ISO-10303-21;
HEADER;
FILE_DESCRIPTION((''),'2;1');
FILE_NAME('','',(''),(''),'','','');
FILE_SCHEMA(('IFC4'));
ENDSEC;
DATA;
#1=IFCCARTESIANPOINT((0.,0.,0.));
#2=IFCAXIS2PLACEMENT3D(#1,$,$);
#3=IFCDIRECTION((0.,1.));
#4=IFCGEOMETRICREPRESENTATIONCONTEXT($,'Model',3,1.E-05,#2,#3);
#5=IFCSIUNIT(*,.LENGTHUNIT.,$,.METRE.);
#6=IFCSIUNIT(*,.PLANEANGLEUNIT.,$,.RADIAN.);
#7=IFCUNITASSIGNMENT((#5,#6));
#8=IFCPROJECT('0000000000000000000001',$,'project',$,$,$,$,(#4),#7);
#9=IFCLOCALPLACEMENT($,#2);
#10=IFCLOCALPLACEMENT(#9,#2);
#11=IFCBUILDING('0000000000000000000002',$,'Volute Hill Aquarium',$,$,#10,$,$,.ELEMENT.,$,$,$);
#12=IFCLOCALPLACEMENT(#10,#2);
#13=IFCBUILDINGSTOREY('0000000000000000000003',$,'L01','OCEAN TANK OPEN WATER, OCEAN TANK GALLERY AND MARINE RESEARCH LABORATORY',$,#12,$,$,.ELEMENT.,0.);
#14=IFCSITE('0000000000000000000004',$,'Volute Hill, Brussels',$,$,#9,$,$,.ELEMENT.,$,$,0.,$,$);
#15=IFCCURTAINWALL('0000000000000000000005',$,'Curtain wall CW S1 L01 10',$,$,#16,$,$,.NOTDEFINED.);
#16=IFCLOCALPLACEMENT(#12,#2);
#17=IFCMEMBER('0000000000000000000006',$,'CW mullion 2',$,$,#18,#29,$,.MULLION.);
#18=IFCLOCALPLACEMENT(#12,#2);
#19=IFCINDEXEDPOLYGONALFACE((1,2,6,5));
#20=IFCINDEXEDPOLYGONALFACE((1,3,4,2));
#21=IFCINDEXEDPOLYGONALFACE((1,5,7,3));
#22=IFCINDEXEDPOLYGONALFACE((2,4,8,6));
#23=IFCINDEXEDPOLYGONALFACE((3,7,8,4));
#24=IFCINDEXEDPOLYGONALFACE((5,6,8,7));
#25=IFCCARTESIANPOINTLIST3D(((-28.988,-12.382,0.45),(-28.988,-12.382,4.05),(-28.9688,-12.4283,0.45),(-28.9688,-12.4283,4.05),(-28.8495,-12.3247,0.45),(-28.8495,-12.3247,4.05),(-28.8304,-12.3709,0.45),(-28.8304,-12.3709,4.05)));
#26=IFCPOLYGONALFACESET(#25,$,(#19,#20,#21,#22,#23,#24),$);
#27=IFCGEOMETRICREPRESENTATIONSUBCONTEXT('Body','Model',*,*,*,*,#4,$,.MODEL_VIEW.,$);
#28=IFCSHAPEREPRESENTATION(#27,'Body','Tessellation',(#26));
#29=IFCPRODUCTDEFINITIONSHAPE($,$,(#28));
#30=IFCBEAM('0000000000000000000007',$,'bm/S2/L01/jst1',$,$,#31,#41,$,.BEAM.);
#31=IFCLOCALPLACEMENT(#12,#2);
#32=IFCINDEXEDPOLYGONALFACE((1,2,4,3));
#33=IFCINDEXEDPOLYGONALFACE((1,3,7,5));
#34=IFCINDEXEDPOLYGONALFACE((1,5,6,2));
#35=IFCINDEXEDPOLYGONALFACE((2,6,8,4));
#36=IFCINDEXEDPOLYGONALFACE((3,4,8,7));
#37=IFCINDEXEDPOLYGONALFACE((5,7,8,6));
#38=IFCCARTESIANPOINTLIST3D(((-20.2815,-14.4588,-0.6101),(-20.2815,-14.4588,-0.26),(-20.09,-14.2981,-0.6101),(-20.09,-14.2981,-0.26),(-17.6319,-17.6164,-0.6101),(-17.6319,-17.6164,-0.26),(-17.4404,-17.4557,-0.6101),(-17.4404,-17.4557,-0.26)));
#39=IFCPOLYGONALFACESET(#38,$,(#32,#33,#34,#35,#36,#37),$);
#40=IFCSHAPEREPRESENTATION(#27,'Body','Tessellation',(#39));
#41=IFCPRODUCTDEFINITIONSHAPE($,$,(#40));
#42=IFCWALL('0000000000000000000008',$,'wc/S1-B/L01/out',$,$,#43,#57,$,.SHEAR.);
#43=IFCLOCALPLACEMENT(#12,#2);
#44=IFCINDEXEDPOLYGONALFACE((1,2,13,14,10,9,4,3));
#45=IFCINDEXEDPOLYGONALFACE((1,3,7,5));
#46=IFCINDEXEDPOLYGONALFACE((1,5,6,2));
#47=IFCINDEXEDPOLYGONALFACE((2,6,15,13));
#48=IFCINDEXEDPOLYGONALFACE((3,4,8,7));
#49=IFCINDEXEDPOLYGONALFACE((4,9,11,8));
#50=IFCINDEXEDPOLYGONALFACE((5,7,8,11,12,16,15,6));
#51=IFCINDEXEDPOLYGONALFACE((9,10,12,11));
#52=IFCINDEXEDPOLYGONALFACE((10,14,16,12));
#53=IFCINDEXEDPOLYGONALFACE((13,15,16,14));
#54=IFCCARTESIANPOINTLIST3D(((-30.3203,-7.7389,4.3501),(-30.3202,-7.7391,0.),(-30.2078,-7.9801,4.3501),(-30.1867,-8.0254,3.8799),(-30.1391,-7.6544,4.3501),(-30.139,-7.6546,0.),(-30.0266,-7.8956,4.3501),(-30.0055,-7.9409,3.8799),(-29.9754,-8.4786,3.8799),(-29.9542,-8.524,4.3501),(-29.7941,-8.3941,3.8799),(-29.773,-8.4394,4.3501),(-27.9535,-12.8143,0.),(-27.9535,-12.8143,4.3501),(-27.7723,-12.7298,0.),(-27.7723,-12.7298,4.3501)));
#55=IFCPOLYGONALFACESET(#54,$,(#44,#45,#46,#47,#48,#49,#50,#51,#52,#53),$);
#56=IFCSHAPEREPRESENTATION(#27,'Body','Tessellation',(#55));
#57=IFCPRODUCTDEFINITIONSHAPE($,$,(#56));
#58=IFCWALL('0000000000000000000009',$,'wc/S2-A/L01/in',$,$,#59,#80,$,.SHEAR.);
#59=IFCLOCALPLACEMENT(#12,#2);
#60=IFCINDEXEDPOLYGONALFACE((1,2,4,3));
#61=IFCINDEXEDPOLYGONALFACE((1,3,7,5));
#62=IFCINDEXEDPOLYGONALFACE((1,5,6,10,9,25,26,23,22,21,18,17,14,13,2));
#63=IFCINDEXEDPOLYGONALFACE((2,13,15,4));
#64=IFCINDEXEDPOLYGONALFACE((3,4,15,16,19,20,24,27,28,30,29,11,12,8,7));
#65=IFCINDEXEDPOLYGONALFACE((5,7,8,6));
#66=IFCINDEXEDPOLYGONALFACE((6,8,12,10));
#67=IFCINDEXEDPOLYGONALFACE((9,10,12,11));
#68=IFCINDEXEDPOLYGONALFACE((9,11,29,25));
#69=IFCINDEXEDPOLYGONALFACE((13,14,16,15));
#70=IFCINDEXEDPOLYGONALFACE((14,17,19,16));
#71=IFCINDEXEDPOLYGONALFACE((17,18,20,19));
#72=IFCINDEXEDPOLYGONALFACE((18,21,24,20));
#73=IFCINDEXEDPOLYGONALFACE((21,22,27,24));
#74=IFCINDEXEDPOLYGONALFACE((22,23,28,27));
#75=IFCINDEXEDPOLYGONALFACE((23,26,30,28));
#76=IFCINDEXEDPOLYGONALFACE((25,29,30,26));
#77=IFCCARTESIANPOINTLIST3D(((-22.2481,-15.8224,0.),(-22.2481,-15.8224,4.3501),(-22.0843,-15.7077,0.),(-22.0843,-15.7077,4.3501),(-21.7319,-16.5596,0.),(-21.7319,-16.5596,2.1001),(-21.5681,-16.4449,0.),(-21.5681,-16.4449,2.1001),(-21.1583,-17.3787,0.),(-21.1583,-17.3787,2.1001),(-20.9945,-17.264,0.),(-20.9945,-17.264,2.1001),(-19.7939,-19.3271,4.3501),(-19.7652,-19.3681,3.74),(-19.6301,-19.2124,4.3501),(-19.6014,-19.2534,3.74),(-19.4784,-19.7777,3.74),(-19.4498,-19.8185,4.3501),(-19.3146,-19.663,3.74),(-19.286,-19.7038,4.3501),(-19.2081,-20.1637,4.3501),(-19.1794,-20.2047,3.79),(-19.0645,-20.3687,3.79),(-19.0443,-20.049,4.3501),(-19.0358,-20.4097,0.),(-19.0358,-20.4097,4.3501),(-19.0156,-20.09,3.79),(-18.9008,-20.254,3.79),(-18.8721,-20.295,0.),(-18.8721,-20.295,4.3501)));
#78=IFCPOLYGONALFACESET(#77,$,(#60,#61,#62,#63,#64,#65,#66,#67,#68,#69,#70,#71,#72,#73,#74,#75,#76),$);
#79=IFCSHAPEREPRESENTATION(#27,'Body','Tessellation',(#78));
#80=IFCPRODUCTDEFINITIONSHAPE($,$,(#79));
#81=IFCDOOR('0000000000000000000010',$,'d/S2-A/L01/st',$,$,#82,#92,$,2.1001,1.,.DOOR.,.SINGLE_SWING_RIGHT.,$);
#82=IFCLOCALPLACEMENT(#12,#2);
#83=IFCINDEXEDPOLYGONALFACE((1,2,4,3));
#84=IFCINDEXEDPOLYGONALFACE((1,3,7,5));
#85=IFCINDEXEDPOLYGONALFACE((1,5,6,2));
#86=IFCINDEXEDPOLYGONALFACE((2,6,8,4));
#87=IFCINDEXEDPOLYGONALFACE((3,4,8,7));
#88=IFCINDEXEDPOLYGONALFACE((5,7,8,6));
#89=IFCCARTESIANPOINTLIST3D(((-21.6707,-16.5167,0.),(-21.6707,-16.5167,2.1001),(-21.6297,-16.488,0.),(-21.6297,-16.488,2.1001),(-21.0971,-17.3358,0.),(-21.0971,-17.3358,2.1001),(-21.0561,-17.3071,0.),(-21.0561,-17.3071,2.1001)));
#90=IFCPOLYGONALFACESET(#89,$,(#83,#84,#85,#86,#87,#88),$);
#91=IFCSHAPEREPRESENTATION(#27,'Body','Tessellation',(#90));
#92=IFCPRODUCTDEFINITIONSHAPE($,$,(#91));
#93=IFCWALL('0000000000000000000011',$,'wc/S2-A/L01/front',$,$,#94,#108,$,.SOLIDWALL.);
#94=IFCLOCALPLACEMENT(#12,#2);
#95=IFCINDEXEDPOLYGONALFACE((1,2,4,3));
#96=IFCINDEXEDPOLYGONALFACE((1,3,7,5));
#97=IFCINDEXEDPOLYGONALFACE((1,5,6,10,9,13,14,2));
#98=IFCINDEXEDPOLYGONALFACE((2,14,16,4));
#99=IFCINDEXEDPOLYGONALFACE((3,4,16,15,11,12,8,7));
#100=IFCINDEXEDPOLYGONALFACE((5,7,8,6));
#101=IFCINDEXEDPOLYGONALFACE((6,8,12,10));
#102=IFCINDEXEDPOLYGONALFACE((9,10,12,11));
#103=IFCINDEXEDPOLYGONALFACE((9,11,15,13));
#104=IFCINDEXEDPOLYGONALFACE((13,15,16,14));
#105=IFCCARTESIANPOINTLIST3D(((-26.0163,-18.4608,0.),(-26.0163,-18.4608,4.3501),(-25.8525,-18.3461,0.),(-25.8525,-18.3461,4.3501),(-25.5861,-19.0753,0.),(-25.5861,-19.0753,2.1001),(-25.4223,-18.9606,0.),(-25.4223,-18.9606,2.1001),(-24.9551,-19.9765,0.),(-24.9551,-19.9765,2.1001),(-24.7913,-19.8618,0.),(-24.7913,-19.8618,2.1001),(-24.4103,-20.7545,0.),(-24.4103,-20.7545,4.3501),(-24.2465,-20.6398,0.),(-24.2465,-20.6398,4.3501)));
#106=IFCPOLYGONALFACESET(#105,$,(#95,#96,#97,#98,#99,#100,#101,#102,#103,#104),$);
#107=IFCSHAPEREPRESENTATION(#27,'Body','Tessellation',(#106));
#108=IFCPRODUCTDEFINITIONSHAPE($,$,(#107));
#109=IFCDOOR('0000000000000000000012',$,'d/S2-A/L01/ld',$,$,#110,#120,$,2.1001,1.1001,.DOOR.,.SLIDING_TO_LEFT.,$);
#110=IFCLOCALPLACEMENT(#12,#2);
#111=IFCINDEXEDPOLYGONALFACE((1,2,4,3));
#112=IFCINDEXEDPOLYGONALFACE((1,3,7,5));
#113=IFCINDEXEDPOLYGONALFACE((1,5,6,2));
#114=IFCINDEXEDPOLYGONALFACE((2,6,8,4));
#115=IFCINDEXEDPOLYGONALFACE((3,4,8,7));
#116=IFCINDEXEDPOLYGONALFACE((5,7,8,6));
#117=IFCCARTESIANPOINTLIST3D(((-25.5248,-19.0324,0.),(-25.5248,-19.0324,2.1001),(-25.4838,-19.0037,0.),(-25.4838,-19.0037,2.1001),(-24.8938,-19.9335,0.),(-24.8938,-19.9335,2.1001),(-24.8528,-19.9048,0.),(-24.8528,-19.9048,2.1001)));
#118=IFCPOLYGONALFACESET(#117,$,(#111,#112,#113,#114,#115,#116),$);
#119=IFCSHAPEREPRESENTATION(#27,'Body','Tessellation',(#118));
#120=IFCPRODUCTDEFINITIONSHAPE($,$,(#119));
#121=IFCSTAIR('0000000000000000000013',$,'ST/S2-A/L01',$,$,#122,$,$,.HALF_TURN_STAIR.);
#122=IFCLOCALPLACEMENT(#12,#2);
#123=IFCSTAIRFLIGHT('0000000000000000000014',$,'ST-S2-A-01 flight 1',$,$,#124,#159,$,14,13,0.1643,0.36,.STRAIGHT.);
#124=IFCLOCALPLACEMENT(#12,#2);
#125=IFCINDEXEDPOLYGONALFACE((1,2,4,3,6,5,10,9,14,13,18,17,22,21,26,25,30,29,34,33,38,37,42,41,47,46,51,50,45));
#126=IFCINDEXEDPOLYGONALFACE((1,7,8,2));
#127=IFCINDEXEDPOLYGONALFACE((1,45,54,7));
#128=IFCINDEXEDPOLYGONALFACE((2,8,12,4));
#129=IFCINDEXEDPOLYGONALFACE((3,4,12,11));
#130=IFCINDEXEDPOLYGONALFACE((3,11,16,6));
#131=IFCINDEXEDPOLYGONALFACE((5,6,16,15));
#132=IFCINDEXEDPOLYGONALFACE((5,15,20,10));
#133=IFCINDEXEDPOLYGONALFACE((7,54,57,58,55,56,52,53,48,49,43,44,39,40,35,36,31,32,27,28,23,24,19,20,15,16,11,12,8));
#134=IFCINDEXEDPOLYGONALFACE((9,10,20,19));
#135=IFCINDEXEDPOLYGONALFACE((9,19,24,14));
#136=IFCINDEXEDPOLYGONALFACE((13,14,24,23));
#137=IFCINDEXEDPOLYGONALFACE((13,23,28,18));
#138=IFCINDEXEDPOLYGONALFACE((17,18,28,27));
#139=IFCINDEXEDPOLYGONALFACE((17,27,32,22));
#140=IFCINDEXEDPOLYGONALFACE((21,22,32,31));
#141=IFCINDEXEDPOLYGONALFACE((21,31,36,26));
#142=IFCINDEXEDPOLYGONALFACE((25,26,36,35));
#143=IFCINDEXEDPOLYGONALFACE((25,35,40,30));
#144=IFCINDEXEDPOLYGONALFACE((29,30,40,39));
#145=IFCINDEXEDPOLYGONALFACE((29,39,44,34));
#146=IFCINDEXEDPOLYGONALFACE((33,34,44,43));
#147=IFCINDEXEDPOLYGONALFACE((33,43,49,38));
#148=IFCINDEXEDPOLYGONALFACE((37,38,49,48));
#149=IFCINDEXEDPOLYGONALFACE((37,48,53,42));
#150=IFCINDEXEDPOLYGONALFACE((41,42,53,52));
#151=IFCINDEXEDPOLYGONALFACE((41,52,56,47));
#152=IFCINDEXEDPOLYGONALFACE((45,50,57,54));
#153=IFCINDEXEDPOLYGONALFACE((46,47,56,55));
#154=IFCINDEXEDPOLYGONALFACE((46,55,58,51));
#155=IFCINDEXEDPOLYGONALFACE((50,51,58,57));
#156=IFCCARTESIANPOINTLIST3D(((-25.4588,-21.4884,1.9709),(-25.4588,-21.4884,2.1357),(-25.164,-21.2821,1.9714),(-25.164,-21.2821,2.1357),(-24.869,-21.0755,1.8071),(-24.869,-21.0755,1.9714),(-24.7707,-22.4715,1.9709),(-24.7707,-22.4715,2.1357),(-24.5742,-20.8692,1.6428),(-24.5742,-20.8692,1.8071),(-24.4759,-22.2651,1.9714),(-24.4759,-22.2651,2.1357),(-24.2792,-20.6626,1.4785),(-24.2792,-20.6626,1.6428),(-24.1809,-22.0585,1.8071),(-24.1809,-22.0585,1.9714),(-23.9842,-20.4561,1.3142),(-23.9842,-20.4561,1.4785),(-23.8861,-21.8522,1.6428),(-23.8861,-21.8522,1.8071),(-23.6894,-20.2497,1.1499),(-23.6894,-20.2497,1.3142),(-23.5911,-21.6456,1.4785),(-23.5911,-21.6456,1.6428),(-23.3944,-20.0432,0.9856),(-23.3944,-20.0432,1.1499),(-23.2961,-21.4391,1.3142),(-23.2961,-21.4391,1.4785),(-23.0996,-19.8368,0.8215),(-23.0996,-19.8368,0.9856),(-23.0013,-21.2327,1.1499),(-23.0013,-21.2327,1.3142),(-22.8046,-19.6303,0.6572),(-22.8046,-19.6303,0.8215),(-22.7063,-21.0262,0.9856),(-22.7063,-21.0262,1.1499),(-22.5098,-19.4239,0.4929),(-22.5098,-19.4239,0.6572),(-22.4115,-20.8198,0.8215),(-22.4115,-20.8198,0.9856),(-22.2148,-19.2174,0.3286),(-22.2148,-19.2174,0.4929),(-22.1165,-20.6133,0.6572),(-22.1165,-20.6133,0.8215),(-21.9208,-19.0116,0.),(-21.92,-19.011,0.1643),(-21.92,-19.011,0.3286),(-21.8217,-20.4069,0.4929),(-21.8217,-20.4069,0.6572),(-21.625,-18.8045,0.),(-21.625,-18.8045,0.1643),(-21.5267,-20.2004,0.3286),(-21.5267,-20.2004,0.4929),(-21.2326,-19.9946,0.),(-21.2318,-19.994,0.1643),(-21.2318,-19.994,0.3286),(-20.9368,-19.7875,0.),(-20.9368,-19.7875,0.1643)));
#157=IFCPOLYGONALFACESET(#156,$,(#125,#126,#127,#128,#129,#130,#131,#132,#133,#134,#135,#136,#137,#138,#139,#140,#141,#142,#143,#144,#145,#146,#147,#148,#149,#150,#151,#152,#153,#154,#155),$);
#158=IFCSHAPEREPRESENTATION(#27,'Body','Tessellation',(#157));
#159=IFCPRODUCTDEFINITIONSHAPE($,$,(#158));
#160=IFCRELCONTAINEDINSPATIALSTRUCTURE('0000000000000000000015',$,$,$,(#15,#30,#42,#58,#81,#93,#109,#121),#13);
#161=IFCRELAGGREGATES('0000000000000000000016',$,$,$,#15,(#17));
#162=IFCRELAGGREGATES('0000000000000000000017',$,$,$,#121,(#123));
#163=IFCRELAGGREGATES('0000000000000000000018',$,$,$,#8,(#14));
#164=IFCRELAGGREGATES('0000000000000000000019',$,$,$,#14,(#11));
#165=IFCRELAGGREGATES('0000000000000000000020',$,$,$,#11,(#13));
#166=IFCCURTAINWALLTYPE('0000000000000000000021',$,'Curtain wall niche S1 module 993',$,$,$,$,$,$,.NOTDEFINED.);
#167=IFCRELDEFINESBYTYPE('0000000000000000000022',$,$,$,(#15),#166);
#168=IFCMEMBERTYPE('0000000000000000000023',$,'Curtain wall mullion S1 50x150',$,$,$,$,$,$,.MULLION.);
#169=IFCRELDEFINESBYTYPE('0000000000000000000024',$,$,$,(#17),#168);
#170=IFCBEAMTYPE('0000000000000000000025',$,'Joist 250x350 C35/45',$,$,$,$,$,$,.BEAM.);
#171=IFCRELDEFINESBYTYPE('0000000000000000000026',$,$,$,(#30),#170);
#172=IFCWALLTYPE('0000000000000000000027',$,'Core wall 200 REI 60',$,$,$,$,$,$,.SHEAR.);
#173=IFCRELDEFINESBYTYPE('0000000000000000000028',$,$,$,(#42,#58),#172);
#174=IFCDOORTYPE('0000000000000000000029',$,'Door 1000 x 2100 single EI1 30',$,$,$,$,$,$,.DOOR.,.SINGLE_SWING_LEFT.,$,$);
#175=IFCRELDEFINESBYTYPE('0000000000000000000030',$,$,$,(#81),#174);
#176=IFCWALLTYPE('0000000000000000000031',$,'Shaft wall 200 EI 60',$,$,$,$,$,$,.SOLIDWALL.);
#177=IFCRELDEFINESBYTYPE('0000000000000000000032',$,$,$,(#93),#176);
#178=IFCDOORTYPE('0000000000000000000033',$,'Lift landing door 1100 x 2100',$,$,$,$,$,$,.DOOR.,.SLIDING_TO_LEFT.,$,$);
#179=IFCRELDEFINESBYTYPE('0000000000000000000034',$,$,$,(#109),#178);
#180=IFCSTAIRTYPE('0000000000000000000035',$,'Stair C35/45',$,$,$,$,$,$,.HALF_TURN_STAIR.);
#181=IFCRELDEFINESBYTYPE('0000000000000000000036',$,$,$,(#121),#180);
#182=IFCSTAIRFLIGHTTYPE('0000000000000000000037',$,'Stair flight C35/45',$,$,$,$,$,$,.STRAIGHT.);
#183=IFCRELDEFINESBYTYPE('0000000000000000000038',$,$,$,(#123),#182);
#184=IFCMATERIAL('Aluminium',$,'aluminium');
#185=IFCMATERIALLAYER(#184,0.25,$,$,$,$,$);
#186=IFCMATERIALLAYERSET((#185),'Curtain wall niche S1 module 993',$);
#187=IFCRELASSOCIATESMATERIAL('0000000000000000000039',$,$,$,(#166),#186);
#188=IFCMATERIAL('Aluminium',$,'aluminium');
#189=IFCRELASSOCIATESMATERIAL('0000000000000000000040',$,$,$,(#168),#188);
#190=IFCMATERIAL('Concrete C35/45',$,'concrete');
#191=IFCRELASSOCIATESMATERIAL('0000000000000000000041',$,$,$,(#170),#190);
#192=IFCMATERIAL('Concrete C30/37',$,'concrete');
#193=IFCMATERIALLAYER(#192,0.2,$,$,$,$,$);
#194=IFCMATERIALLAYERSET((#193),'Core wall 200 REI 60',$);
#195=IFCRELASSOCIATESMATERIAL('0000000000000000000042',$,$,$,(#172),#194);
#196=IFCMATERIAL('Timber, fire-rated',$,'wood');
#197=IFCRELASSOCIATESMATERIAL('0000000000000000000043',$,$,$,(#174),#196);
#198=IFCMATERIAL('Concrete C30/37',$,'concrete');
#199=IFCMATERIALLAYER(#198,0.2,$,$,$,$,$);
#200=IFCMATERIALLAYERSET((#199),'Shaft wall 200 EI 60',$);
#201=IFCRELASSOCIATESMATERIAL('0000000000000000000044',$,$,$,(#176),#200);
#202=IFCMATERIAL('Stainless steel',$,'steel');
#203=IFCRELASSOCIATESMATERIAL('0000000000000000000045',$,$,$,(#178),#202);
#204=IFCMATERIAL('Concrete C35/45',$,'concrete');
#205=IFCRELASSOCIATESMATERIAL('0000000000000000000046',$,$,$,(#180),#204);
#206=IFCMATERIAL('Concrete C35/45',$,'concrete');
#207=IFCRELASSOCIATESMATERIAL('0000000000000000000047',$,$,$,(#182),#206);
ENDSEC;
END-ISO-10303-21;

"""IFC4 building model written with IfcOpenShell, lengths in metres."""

from ifc_helpers import new_model, si_unit, direction, frame, frame_2d, origin, origin_2d, place, context, subcontext, project, spatial, polyline, rectangle, outline, extrude, material, layer, layer_set, material_profile, profile_set, type_object, element, fill, aggregate, save


model = new_model("IFC4")

# Units and contexts
model_context = context("Model", 3, precision=1e-05, world=origin(), true_north=direction((0.0, 1.0)))
body_context = subcontext(model_context, "Body", "Model", "MODEL_VIEW")
ifc_project = project(units=[si_unit("LENGTHUNIT", "METRE"), si_unit("PLANEANGLEUNIT", "RADIAN")], contexts=[model_context])

# Site, building, storey
site_placement = place(None, origin())
site = spatial("IfcSite", under=ifc_project, at=site_placement, Name="Volute Hill, Brussels", CompositionType="ELEMENT", RefElevation=0.0)
building_placement = place(site_placement, origin())
building = spatial("IfcBuilding", under=site, at=building_placement, Name="Volute Hill Aquarium", CompositionType="ELEMENT")
storey_placement = place(building_placement, origin())
storey = spatial("IfcBuildingStorey", under=building, at=storey_placement, Name="L01", Description="OCEAN TANK OPEN WATER, OCEAN TANK GALLERY AND MARINE RESEARCH LABORATORY", CompositionType="ELEMENT", Elevation=0.0)

# Curtain wall, member
ifc_material_1 = material(Name="Aluminium", Category="aluminium")
ifc_layer_1 = layer(ifc_material_1, 0.25)
ifc_layer_set_1 = layer_set([ifc_layer_1], Name="Curtain wall niche S1 module 993")
curtain_wall_type = type_object("IfcCurtainWallType", Name="Curtain wall niche S1 module 993", PredefinedType="NOTDEFINED", material=ifc_layer_set_1)
curtain_wall_placement = place(storey_placement, origin())
curtain_wall = element("IfcCurtainWall", 1, at=curtain_wall_placement, inside=storey, type_object=curtain_wall_type, Name="Curtain wall CW S1 L01 10", PredefinedType="NOTDEFINED")
ifc_material_2 = material(Name="Aluminium", Category="aluminium")
ifc_material_profile_1 = material_profile(ifc_material_2, rectangle(XDim=0.1499, YDim=0.05, at=origin_2d()), Name="Curtain wall mullion S1 50x150")
ifc_profile_set_1 = profile_set([ifc_material_profile_1], Name="Aluminium")
member_type = type_object("IfcMemberType", Name="Curtain wall mullion S1 50x150", PredefinedType="MULLION", material=ifc_profile_set_1)
member_placement = place(storey_placement, frame((-28.9092, -12.3765, 0.45), z_axis=(0.0, 0.0, 1.0), x_axis=(0.923885, 0.38267, 0.0)))
member = element("IfcMember", 2, at=member_placement, type_object=member_type, Name="CW mullion 2", PredefinedType="MULLION", context=body_context, shape_type="SweptSolid", body=[
    extrude(rectangle(XDim=0.1499, YDim=0.05, at=origin_2d()), origin(), (0.0, 0.0, 1.0), 3.6001),
])
aggregate(curtain_wall, [member])

# Beam
ifc_material_3 = material(Name="Concrete C35/45", Category="concrete")
ifc_material_profile_2 = material_profile(ifc_material_3, rectangle(XDim=0.25, YDim=0.3501, at=origin_2d()), Name="RC joist 250x350")
ifc_profile_set_2 = profile_set([ifc_material_profile_2], Name="Concrete C35/45")
beam_type = type_object("IfcBeamType", Name="Joist 250x350 C35/45", PredefinedType="BEAM", material=ifc_profile_set_2)
beam_placement = place(storey_placement, frame((-20.1858, -14.3784, -0.4351), z_axis=(0.642791, -0.766042, 0.0), x_axis=(0.766042, 0.642791, 0.0)))
element("IfcBeam", 3, at=beam_placement, inside=storey, type_object=beam_type, Name="bm/S2/L01/jst1", PredefinedType="BEAM", context=body_context, shape_type="SweptSolid", body=[
    extrude(rectangle(XDim=0.25, YDim=0.3501, at=origin_2d()), origin(), (0.0, 0.0, 1.0), 4.1221),
])

# Wall
ifc_material_4 = material(Name="Concrete C30/37", Category="concrete")
ifc_layer_2 = layer(ifc_material_4, 0.2)
ifc_layer_set_2 = layer_set([ifc_layer_2], Name="Core wall 200 REI 60")
wall_type_1 = type_object("IfcWallType", Name="Core wall 200 REI 60", PredefinedType="SHEAR", material=ifc_layer_set_2)
wall_1_placement = place(storey_placement, frame((-27.8628, -12.772, 0.0), z_axis=(0.0, 0.0, 1.0), x_axis=(-0.422632, 0.906301, 0.0)))
element("IfcWall", 4, at=wall_1_placement, inside=storey, type_object=wall_type_1, Name="wc/S1-B/L01/out", PredefinedType="SHEAR", context=body_context, shape_type="SweptSolid", body=[
    extrude(outline(polyline([(0.0, 0.0), (5.5999, 0.0), (5.6001, 4.3501), (5.334, 4.3501), (5.2839, 3.8799), (4.7839, 3.8799), (4.7339, 4.3501), (0.0, 4.3501), (0.0, 0.0)])), frame((0.0, 0.1001, 0.0), z_axis=(0.0, -1.0, 0.0), x_axis=(1.0, 0.0, 0.0)), (0.0, 0.0, 1.0), 0.2),
])

# Walls, openings, doors
wall_2_placement = place(storey_placement, frame((-22.1663, -15.7651, 0.0), z_axis=(0.0, 0.0, 1.0), x_axis=(0.5736, -0.819136, 0.0)))
wall_2 = element("IfcWall", 5, at=wall_2_placement, inside=storey, type_object=wall_type_1, Name="wc/S2-A/L01/in", PredefinedType="SHEAR", context=body_context, shape_type="SweptSolid", body=[
    extrude(outline(polyline([(0.0, 0.0), (5.6001, 0.0), (5.6001, 4.3501), (5.55, 3.79), (5.3499, 3.79), (5.2998, 4.3501), (4.8784, 4.3501), (4.8286, 3.74), (4.3286, 3.74), (4.2786, 4.3501), (0.0, 4.3501), (0.0, 0.0)])), frame((0.0, 0.1001, 0.0), z_axis=(0.0, -1.0, 0.0), x_axis=(1.0, 0.0, 0.0)), (0.0, 0.0, 1.0), 0.2),
])
opening_1_placement = place(wall_2_placement, frame((0.8999, 0.0, 0.0)))
opening_1 = element("IfcOpeningElement", 6, at=opening_1_placement, cuts=wall_2, PredefinedType="OPENING", context=body_context, shape_type="SweptSolid", body=[
    extrude(rectangle(XDim=1.0, YDim=2.1001, at=frame_2d((0.5, 1.05))), frame((0.0, 0.1099, 0.0), z_axis=(0.0, -1.0, 0.0), x_axis=(1.0, 0.0, 0.0)), (0.0, 0.0, 1.0), 0.22),
])
ifc_material_5 = material(Name="Timber, fire-rated", Category="wood")
door_type_1 = type_object("IfcDoorType", Name="Door 1000 x 2100 single EI1 30", OperationType="SINGLE_SWING_LEFT", PredefinedType="DOOR", material=ifc_material_5)
door_1_placement = place(opening_1_placement, origin())
door_1 = element("IfcDoor", 7, at=door_1_placement, inside=storey, type_object=door_type_1, Name="d/S2-A/L01/st", OperationType="SINGLE_SWING_RIGHT", OverallHeight=2.1001, OverallWidth=1.0, PredefinedType="DOOR", context=body_context, shape_type="SweptSolid", body=[
    extrude(rectangle(XDim=1.0, YDim=2.1001, at=frame_2d((0.5, 1.05))), frame((0.0, 0.0249, 0.0), z_axis=(0.0, -1.0, 0.0), x_axis=(1.0, 0.0, 0.0)), (0.0, 0.0, 1.0), 0.05),
])
fill(opening_1, door_1)
ifc_material_6 = material(Name="Concrete C30/37", Category="concrete")
ifc_layer_3 = layer(ifc_material_6, 0.2)
ifc_layer_set_3 = layer_set([ifc_layer_3], Name="Shaft wall 200 EI 60")
wall_type_2 = type_object("IfcWallType", Name="Shaft wall 200 EI 60", PredefinedType="SOLIDWALL", material=ifc_layer_set_3)
wall_3_placement = place(storey_placement, frame((-25.9343, -18.4036, 0.0), z_axis=(0.0, 0.0, 1.0), x_axis=(0.57355, -0.81917, 0.0)))
wall_3 = element("IfcWall", 8, at=wall_3_placement, inside=storey, type_object=wall_type_2, Name="wc/S2-A/L01/front", PredefinedType="SOLIDWALL", context=body_context, shape_type="SweptSolid", body=[
    extrude(rectangle(XDim=2.8, YDim=0.2, at=frame_2d((1.3999, 0.0))), origin(), (0.0, 0.0, 1.0), 4.3501),
])
opening_2_placement = place(wall_3_placement, frame((0.75, 0.0, 0.0)))
opening_2 = element("IfcOpeningElement", 9, at=opening_2_placement, cuts=wall_3, PredefinedType="OPENING", context=body_context, shape_type="SweptSolid", body=[
    extrude(rectangle(XDim=1.1001, YDim=2.1001, at=frame_2d((0.55, 1.05))), frame((0.0, 0.1099, 0.0), z_axis=(0.0, -1.0, 0.0), x_axis=(1.0, 0.0, 0.0)), (0.0, 0.0, 1.0), 0.22),
])
ifc_material_7 = material(Name="Stainless steel", Category="steel")
door_type_2 = type_object("IfcDoorType", Name="Lift landing door 1100 x 2100", OperationType="SLIDING_TO_LEFT", PredefinedType="DOOR", material=ifc_material_7)
door_2_placement = place(opening_2_placement, origin())
door_2 = element("IfcDoor", 10, at=door_2_placement, inside=storey, type_object=door_type_2, Name="d/S2-A/L01/ld", OperationType="SLIDING_TO_LEFT", OverallHeight=2.1001, OverallWidth=1.1001, PredefinedType="DOOR", context=body_context, shape_type="SweptSolid", body=[
    extrude(rectangle(XDim=1.1001, YDim=2.1001, at=frame_2d((0.55, 1.05))), frame((0.0, 0.0249, 0.0), z_axis=(0.0, -1.0, 0.0), x_axis=(1.0, 0.0, 0.0)), (0.0, 0.0, 1.0), 0.05),
])
fill(opening_2, door_2)

# Stair, stair flight
ifc_material_8 = material(Name="Concrete C35/45", Category="concrete")
stair_type = type_object("IfcStairType", Name="Stair C35/45", PredefinedType="HALF_TURN_STAIR", material=ifc_material_8)
stair_placement = place(storey_placement, origin())
stair = element("IfcStair", 11, at=stair_placement, inside=storey, type_object=stair_type, Name="ST/S2-A/L01", PredefinedType="HALF_TURN_STAIR")
ifc_material_9 = material(Name="Concrete C35/45", Category="concrete")
stair_flight_type = type_object("IfcStairFlightType", Name="Stair flight C35/45", PredefinedType="STRAIGHT", material=ifc_material_9)
stair_flight_placement = place(storey_placement, frame((-21.281, -19.2959, 0.0), z_axis=(0.0, 0.0, 1.0), x_axis=(-0.819204, -0.573503, 0.0)))
stair_flight = element("IfcStairFlight", 12, at=stair_flight_placement, type_object=stair_flight_type, Name="ST-S2-A-01 flight 1", NumberOfRisers=14, NumberOfTreads=13, PredefinedType="STRAIGHT", RiserHeight=0.1643, TreadLength=0.36, context=body_context, shape_type="SweptSolid", body=[
    extrude(outline(polyline([(0.0, 0.0), (0.0, 0.1643), (0.3601, 0.1643), (0.3601, 0.3286), (0.72, 0.3286), (0.72, 0.4929), (1.0801, 0.4929), (1.0801, 0.6572), (1.4399, 0.6572), (1.4399, 0.8215), (1.8, 0.8215), (1.8, 0.9856), (2.1599, 0.9856), (2.1599, 1.1499), (2.52, 1.1499), (2.52, 1.3142), (2.8799, 1.3142), (2.8799, 1.4785), (3.24, 1.4785), (3.24, 1.6428), (3.6001, 1.6428), (3.6001, 1.8071), (3.96, 1.8071), (3.96, 1.9714), (4.3201, 1.9714), (4.3201, 2.1357), (4.6799, 2.1357), (4.6799, 2.3), (4.6799, 1.9709), (0.3611, 0.0), (0.0, 0.0)])), frame((0.0, 0.6001, 0.0), z_axis=(0.0, -1.0, 0.0), x_axis=(1.0, 0.0, 0.0)), (0.0, 0.0, 1.0), 1.2),
])
aggregate(stair, [stair_flight])

save(model, "model.ifc")
